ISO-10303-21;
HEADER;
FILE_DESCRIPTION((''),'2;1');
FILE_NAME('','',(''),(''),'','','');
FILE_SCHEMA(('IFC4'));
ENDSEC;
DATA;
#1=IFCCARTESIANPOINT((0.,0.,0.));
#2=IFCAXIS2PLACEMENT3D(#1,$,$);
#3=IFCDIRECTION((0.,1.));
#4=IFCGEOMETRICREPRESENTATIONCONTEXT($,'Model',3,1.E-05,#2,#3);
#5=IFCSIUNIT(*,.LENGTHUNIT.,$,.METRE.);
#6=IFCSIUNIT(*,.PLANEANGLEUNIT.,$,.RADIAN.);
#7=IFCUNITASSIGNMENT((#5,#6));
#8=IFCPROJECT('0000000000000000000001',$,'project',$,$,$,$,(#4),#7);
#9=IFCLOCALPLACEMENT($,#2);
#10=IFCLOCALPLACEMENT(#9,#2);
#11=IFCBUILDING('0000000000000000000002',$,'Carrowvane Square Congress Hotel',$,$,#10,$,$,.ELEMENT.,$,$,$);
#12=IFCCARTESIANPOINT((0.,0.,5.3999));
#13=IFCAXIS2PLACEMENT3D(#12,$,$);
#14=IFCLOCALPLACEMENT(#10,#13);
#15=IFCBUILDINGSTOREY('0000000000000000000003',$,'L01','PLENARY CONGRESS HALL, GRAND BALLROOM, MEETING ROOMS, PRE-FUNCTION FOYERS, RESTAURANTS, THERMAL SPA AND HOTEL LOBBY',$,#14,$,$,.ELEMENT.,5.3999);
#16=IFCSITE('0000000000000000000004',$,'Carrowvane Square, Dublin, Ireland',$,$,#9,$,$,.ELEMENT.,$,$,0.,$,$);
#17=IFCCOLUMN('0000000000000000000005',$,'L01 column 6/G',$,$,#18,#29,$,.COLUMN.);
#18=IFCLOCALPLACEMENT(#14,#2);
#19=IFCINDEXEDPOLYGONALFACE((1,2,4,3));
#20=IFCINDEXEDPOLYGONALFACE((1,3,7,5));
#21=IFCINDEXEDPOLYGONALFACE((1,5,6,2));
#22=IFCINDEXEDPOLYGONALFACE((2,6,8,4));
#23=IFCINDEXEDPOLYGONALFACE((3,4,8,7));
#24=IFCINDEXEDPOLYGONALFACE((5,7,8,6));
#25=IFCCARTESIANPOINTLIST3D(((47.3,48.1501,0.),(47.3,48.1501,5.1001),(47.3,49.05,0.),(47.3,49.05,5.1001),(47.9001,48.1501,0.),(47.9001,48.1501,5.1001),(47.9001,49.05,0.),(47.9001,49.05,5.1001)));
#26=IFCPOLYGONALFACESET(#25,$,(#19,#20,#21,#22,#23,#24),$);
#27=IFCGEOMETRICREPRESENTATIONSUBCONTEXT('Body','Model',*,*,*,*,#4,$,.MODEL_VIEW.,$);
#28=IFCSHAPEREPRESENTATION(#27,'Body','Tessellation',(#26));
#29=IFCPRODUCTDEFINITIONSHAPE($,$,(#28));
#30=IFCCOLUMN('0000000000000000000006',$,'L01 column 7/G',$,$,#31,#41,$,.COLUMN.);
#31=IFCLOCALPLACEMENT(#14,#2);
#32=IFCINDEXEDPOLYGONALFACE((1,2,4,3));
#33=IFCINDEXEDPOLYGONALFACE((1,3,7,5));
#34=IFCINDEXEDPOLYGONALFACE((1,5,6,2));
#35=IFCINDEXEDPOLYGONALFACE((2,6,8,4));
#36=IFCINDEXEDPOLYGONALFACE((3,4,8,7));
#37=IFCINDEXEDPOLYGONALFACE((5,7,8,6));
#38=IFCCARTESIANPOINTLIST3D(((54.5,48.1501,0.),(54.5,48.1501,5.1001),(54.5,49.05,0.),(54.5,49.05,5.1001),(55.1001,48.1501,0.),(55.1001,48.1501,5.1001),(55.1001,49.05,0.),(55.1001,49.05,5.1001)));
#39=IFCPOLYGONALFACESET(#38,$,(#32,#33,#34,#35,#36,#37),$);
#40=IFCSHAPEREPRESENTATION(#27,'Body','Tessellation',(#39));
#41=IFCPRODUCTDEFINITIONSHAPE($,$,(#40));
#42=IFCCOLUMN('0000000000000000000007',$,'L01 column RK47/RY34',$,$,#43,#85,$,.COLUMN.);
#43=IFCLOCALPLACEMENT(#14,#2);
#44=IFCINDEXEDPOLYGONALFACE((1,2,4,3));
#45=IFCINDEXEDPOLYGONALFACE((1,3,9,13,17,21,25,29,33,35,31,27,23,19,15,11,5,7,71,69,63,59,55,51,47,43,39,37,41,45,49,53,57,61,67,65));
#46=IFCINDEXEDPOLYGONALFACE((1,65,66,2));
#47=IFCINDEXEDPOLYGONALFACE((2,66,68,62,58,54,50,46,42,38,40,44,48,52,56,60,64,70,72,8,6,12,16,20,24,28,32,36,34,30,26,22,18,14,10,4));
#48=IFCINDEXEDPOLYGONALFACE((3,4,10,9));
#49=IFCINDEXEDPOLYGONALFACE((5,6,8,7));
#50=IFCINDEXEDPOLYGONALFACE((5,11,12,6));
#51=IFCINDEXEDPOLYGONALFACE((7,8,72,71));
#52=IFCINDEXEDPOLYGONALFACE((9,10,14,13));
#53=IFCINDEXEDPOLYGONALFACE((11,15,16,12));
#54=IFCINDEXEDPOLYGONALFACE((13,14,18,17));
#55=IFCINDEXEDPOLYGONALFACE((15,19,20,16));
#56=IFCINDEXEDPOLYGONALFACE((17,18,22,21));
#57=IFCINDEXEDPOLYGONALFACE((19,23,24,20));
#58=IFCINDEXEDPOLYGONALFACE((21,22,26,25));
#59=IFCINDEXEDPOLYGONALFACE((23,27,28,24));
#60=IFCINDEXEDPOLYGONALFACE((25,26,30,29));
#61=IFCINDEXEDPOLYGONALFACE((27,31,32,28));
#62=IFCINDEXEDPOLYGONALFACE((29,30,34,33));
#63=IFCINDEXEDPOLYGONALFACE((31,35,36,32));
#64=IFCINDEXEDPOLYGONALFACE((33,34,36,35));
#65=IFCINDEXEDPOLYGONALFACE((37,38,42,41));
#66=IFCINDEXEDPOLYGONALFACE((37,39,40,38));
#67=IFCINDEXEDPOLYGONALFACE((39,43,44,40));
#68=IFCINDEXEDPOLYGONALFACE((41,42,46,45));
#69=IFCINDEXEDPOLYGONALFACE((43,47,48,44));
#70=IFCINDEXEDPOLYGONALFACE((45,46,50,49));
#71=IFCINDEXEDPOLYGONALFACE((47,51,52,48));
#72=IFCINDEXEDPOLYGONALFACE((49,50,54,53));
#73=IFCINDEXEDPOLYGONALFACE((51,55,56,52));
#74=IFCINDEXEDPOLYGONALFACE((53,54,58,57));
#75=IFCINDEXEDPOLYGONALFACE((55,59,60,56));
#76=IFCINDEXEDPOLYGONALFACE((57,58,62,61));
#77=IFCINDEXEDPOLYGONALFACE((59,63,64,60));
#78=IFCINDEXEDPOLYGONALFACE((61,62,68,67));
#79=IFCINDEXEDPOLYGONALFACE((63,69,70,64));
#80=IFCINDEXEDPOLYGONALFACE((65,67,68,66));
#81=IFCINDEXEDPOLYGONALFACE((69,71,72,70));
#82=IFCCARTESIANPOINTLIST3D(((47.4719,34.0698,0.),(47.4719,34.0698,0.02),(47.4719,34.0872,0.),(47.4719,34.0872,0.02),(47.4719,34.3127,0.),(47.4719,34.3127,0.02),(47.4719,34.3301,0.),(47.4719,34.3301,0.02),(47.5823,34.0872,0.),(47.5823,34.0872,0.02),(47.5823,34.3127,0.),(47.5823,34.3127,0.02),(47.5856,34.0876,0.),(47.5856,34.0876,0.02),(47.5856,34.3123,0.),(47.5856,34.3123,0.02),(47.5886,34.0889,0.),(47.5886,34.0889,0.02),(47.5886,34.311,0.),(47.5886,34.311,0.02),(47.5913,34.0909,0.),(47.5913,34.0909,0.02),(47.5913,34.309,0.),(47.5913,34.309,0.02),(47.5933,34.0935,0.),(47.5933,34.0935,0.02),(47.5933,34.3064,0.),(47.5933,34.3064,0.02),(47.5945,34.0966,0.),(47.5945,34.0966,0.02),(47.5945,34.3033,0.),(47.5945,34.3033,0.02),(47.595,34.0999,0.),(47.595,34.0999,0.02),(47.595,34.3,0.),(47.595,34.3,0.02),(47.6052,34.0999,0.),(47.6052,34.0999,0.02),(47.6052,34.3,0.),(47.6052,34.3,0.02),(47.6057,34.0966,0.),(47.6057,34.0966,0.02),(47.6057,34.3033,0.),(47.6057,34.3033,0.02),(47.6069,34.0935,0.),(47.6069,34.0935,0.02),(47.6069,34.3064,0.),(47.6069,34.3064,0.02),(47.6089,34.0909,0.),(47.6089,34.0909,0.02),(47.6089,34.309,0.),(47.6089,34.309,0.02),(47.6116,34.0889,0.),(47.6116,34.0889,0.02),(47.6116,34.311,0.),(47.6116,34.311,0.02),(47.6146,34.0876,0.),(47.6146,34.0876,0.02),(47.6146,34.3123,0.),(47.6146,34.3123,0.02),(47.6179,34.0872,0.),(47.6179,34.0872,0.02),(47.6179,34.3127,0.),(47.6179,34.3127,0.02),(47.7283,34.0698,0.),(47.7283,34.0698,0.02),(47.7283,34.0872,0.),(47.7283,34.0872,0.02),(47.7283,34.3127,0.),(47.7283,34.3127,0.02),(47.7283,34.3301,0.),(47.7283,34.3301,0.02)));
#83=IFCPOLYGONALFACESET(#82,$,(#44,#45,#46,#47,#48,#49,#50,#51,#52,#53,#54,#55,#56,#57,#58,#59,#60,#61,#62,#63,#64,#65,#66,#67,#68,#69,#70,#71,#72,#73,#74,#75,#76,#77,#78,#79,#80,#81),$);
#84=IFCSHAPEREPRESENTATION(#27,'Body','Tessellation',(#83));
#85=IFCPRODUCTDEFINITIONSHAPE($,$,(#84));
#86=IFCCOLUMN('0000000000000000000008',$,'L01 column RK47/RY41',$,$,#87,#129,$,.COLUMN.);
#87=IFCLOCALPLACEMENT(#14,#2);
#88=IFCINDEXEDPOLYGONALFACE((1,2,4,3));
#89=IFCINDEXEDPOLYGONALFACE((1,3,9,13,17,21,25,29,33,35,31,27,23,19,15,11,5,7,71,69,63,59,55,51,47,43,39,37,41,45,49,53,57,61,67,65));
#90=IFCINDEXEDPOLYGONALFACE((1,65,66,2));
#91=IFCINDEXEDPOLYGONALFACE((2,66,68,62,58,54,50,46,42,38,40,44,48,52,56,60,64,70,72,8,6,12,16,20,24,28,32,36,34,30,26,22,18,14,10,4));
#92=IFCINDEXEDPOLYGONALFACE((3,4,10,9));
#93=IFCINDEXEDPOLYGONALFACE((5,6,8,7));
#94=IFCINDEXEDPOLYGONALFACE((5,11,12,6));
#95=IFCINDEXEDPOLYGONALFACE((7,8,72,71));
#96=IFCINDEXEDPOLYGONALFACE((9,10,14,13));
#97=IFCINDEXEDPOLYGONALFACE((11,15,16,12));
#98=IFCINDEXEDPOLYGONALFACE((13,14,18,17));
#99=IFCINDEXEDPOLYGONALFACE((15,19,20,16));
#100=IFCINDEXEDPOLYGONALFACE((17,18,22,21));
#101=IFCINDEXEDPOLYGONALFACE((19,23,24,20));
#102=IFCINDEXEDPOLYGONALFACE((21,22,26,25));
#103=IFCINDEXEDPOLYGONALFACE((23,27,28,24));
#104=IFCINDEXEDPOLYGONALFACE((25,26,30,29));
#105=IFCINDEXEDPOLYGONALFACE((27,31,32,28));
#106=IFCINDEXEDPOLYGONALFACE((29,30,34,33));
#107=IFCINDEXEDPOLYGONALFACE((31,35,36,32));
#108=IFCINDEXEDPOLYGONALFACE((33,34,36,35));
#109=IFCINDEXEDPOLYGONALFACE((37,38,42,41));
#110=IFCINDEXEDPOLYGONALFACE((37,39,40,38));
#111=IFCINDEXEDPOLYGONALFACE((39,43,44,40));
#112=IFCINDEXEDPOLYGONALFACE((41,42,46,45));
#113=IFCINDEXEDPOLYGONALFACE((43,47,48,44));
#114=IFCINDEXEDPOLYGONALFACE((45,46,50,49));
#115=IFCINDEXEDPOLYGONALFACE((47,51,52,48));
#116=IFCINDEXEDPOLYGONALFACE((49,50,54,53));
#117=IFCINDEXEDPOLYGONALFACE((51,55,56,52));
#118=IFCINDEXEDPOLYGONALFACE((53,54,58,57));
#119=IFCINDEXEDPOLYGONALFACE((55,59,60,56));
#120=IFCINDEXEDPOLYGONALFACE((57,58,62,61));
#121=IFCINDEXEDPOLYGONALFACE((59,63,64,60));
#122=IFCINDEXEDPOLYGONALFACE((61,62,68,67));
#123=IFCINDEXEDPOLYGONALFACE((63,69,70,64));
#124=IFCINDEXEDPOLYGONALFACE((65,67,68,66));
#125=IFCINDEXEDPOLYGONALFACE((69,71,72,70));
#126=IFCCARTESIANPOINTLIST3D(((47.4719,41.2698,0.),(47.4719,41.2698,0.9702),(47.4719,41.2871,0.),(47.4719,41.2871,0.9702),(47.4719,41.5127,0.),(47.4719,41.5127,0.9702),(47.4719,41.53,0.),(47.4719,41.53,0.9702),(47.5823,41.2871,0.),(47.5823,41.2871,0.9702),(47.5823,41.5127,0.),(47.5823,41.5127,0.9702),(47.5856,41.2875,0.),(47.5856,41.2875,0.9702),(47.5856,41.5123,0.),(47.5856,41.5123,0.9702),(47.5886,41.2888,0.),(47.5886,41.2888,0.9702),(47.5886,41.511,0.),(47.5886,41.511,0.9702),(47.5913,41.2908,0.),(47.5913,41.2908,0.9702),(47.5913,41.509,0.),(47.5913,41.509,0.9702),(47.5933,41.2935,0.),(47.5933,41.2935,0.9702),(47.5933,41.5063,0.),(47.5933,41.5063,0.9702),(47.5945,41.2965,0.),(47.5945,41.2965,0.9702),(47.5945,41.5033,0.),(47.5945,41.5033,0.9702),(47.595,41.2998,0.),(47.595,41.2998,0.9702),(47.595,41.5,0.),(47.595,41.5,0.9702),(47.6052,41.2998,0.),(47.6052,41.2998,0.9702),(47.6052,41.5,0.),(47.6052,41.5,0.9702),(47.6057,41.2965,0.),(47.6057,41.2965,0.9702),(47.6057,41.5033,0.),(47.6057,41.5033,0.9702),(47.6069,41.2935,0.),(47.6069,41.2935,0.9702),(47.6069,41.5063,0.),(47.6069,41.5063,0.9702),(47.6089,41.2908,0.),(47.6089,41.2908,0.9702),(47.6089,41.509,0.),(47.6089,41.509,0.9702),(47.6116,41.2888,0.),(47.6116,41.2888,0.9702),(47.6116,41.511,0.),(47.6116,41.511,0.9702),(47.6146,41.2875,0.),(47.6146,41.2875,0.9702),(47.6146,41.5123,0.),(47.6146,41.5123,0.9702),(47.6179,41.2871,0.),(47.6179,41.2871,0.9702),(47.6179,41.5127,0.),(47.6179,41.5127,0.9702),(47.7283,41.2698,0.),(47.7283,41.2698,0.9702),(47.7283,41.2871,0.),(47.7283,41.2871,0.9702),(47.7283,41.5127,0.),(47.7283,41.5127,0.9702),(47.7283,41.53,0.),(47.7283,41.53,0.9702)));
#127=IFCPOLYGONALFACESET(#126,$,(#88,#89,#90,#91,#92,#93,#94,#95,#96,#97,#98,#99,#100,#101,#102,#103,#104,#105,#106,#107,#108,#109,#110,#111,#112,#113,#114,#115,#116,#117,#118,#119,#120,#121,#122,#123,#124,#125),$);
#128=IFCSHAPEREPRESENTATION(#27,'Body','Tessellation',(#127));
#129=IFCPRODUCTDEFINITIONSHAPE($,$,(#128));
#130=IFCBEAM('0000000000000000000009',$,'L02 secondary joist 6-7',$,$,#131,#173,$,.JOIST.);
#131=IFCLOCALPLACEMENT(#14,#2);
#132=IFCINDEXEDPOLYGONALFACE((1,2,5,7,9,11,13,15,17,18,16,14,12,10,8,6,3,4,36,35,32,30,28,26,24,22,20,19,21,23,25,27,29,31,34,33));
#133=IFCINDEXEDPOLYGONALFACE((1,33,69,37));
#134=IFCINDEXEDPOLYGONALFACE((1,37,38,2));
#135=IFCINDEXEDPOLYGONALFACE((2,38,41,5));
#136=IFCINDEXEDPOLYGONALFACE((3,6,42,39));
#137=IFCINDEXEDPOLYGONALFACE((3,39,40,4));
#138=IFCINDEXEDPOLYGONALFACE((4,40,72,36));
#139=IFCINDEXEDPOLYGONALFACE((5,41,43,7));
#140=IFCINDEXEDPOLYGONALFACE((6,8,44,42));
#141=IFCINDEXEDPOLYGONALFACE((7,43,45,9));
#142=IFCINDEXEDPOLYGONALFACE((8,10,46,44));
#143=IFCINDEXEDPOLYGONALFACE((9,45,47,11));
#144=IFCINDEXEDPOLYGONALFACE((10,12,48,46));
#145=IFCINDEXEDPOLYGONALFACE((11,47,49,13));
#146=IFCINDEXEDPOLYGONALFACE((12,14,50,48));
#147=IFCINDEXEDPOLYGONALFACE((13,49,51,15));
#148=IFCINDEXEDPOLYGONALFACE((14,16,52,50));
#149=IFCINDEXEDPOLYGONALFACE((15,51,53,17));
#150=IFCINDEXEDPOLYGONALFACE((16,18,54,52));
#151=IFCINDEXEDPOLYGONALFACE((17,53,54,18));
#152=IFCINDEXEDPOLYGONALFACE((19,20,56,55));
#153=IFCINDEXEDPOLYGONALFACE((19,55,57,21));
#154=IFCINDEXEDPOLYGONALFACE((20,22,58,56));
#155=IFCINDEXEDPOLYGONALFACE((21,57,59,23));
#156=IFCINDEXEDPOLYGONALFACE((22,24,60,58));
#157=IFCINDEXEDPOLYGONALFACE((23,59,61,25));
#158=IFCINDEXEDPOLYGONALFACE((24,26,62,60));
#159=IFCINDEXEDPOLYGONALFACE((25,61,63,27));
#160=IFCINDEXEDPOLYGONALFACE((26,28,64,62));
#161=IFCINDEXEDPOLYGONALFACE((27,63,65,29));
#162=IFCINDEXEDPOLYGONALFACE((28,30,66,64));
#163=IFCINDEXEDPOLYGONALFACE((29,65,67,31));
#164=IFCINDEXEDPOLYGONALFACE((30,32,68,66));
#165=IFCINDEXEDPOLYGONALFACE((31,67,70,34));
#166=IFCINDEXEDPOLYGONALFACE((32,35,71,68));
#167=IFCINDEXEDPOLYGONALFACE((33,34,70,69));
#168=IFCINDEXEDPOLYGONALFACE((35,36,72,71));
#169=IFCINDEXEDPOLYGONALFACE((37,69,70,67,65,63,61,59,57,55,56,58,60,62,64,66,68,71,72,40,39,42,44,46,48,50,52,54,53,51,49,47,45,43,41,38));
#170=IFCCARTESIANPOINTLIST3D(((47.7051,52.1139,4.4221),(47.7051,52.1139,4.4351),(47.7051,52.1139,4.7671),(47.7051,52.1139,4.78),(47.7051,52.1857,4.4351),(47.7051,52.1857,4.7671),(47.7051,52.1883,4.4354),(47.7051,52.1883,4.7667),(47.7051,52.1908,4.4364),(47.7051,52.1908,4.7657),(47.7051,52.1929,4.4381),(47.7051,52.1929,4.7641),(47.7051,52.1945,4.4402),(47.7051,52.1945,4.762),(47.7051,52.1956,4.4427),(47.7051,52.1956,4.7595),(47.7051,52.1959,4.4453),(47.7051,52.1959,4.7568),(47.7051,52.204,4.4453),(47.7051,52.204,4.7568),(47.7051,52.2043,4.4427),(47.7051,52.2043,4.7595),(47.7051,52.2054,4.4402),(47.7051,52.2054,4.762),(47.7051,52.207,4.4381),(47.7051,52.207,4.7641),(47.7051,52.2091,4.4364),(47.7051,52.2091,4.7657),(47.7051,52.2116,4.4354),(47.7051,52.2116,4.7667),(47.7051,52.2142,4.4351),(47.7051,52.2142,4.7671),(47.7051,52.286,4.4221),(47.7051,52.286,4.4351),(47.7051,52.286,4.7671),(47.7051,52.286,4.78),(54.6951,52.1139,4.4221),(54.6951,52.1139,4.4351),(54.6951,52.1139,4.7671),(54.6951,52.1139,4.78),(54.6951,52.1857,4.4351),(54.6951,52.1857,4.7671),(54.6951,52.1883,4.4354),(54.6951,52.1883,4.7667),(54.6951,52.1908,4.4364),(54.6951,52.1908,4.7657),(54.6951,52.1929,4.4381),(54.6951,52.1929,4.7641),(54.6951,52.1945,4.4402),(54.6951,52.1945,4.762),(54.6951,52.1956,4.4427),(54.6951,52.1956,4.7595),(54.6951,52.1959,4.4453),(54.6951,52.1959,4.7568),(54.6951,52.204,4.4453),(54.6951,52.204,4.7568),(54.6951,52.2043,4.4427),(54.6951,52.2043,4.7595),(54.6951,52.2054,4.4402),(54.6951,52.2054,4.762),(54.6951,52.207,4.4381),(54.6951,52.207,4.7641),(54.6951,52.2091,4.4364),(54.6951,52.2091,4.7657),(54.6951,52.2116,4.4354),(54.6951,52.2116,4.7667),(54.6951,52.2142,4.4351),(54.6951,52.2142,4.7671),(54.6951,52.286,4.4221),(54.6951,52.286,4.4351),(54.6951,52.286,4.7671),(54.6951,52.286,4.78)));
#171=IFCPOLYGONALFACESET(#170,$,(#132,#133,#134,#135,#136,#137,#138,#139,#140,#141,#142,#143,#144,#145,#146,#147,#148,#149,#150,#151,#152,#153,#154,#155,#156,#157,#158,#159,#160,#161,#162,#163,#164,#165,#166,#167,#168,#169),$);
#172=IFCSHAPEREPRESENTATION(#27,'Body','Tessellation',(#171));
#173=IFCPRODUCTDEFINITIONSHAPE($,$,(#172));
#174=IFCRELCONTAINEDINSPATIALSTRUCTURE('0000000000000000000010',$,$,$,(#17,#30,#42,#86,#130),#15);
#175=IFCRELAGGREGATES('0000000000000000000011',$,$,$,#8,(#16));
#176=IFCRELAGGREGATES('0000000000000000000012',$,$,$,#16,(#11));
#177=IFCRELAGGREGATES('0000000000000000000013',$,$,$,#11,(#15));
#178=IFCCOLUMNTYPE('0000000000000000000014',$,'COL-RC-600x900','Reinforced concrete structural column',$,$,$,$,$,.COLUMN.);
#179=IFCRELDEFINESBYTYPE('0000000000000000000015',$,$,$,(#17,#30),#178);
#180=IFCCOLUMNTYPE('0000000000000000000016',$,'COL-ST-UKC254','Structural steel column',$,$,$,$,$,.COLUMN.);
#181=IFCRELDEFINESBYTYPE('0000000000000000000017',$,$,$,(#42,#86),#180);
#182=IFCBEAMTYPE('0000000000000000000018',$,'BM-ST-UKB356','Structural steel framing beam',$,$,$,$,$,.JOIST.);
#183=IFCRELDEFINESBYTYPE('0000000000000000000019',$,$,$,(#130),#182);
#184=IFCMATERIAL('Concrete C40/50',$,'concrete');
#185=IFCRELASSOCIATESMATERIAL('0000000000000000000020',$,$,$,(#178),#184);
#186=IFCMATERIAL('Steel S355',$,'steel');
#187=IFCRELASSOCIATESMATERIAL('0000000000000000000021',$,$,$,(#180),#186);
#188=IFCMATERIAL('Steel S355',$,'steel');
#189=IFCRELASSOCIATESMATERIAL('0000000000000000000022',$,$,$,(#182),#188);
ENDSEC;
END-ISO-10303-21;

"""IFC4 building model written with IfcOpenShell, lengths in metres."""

from ifc_helpers import new_model, si_unit, direction, frame, origin, origin_2d, place, context, subcontext, project, spatial, rectangle, i_section, extrude, material, material_profile, profile_set, type_object, element, save


model = new_model("IFC4")

# Units and contexts
model_context = context("Model", 3, precision=1e-05, world=origin(), true_north=direction((0.0, 1.0)))
body_context = subcontext(model_context, "Body", "Model", "MODEL_VIEW")
ifc_project = project(units=[si_unit("LENGTHUNIT", "METRE"), si_unit("PLANEANGLEUNIT", "RADIAN")], contexts=[model_context])

# Site, building, storey
site_placement = place(None, origin())
site = spatial("IfcSite", under=ifc_project, at=site_placement, Name="Carrowvane Square, Dublin, Ireland", CompositionType="ELEMENT", RefElevation=0.0)
building_placement = place(site_placement, origin())
building = spatial("IfcBuilding", under=site, at=building_placement, Name="Carrowvane Square Congress Hotel", CompositionType="ELEMENT")
storey_placement = place(building_placement, frame((0.0, 0.0, 5.3999)))
storey = spatial("IfcBuildingStorey", under=building, at=storey_placement, Name="L01", Description="PLENARY CONGRESS HALL, GRAND BALLROOM, MEETING ROOMS, PRE-FUNCTION FOYERS, RESTAURANTS, THERMAL SPA AND HOTEL LOBBY", CompositionType="ELEMENT", Elevation=5.3999)

# Columns
ifc_material_1 = material(Name="Concrete C40/50", Category="concrete")
ifc_material_profile_1 = material_profile(ifc_material_1, rectangle(XDim=0.6001, YDim=0.8999, at=origin_2d()), Name="RC 600x900")
ifc_profile_set_1 = profile_set([ifc_material_profile_1], Name="Concrete C40/50")
column_type_1 = type_object("IfcColumnType", Name="COL-RC-600x900", Description="Reinforced concrete structural column", PredefinedType="COLUMN", material=ifc_profile_set_1)
for number, where, z_axis, x_axis, name in (
    (1, (47.6001, 48.6001, 0.0), (0.0, 0.0, 1.0), (1.0, 0.0, 0.0), "L01 column 6/G"),
    (2, (54.8, 48.6001, 0.0), (0.0, 0.0, 1.0), (1.0, 0.0, 0.0), "L01 column 7/G"),
):
    element("IfcColumn", number, at=place(storey_placement, frame(where, z_axis=z_axis, x_axis=x_axis)), inside=storey, type_object=column_type_1, Name=name, PredefinedType="COLUMN", context=body_context, shape_type="SweptSolid", body=[
        extrude(rectangle(XDim=0.6001, YDim=0.8999, at=origin_2d()), origin(), (0.0, 0.0, 1.0), 5.1001),
    ])
ifc_material_2 = material(Name="Steel S355", Category="steel")
ifc_material_profile_2 = material_profile(ifc_material_2, i_section(OverallWidth=0.2563, OverallDepth=0.2603, WebThickness=0.0103, FlangeThickness=0.0173, FilletRadius=0.0127, at=origin_2d()), Name="UKC 254x254x89")
ifc_profile_set_2 = profile_set([ifc_material_profile_2], Name="Steel S355")
column_type_2 = type_object("IfcColumnType", Name="COL-ST-UKC254", Description="Structural steel column", PredefinedType="COLUMN", material=ifc_profile_set_2)
column_1_placement = place(storey_placement, frame((47.6001, 34.2, 0.0), z_axis=(0.0, 0.0, 1.0), x_axis=(1.0, 0.0, 0.0)))
element("IfcColumn", 3, at=column_1_placement, inside=storey, type_object=column_type_2, Name="L01 column RK47/RY34", PredefinedType="COLUMN", context=body_context, shape_type="SweptSolid", body=[
    extrude(i_section(OverallWidth=0.2563, OverallDepth=0.2603, WebThickness=0.0103, FlangeThickness=0.0173, FilletRadius=0.0127, at=origin_2d()), origin(), (0.0, 0.0, 1.0), 0.02),
])
column_2_placement = place(storey_placement, frame((47.6001, 41.3999, 0.0), z_axis=(0.0, 0.0, 1.0), x_axis=(1.0, 0.0, 0.0)))
element("IfcColumn", 4, at=column_2_placement, inside=storey, type_object=column_type_2, Name="L01 column RK47/RY41", PredefinedType="COLUMN", context=body_context, shape_type="SweptSolid", body=[
    extrude(i_section(OverallWidth=0.2563, OverallDepth=0.2603, WebThickness=0.0103, FlangeThickness=0.0173, FilletRadius=0.0127, at=origin_2d()), origin(), (0.0, 0.0, 1.0), 0.9702),
])

# Beam
ifc_material_3 = material(Name="Steel S355", Category="steel")
ifc_material_profile_3 = material_profile(ifc_material_3, i_section(OverallWidth=0.1721, OverallDepth=0.3579, WebThickness=0.0081, FlangeThickness=0.0129, FilletRadius=0.0103, at=origin_2d()), Name="UKB 356x171x57")
ifc_profile_set_3 = profile_set([ifc_material_profile_3], Name="Steel S355")
beam_type_1 = type_object("IfcBeamType", Name="BM-ST-UKB356", Description="Structural steel framing beam", PredefinedType="JOIST", material=ifc_profile_set_3)
beam_1_placement = place(storey_placement, frame((47.7051, 52.2, 4.6011), z_axis=(1.0, 0.0, 0.0), x_axis=(0.0, 1.0, 0.0)))
element("IfcBeam", 5, at=beam_1_placement, inside=storey, type_object=beam_type_1, Name="L02 secondary joist 6-7", PredefinedType="JOIST", context=body_context, shape_type="SweptSolid", body=[
    extrude(i_section(OverallWidth=0.1721, OverallDepth=0.3579, WebThickness=0.0081, FlangeThickness=0.0129, FilletRadius=0.0103, at=origin_2d()), origin(), (0.0, 0.0, 1.0), 6.99),
])

save(model, "model.ifc")
